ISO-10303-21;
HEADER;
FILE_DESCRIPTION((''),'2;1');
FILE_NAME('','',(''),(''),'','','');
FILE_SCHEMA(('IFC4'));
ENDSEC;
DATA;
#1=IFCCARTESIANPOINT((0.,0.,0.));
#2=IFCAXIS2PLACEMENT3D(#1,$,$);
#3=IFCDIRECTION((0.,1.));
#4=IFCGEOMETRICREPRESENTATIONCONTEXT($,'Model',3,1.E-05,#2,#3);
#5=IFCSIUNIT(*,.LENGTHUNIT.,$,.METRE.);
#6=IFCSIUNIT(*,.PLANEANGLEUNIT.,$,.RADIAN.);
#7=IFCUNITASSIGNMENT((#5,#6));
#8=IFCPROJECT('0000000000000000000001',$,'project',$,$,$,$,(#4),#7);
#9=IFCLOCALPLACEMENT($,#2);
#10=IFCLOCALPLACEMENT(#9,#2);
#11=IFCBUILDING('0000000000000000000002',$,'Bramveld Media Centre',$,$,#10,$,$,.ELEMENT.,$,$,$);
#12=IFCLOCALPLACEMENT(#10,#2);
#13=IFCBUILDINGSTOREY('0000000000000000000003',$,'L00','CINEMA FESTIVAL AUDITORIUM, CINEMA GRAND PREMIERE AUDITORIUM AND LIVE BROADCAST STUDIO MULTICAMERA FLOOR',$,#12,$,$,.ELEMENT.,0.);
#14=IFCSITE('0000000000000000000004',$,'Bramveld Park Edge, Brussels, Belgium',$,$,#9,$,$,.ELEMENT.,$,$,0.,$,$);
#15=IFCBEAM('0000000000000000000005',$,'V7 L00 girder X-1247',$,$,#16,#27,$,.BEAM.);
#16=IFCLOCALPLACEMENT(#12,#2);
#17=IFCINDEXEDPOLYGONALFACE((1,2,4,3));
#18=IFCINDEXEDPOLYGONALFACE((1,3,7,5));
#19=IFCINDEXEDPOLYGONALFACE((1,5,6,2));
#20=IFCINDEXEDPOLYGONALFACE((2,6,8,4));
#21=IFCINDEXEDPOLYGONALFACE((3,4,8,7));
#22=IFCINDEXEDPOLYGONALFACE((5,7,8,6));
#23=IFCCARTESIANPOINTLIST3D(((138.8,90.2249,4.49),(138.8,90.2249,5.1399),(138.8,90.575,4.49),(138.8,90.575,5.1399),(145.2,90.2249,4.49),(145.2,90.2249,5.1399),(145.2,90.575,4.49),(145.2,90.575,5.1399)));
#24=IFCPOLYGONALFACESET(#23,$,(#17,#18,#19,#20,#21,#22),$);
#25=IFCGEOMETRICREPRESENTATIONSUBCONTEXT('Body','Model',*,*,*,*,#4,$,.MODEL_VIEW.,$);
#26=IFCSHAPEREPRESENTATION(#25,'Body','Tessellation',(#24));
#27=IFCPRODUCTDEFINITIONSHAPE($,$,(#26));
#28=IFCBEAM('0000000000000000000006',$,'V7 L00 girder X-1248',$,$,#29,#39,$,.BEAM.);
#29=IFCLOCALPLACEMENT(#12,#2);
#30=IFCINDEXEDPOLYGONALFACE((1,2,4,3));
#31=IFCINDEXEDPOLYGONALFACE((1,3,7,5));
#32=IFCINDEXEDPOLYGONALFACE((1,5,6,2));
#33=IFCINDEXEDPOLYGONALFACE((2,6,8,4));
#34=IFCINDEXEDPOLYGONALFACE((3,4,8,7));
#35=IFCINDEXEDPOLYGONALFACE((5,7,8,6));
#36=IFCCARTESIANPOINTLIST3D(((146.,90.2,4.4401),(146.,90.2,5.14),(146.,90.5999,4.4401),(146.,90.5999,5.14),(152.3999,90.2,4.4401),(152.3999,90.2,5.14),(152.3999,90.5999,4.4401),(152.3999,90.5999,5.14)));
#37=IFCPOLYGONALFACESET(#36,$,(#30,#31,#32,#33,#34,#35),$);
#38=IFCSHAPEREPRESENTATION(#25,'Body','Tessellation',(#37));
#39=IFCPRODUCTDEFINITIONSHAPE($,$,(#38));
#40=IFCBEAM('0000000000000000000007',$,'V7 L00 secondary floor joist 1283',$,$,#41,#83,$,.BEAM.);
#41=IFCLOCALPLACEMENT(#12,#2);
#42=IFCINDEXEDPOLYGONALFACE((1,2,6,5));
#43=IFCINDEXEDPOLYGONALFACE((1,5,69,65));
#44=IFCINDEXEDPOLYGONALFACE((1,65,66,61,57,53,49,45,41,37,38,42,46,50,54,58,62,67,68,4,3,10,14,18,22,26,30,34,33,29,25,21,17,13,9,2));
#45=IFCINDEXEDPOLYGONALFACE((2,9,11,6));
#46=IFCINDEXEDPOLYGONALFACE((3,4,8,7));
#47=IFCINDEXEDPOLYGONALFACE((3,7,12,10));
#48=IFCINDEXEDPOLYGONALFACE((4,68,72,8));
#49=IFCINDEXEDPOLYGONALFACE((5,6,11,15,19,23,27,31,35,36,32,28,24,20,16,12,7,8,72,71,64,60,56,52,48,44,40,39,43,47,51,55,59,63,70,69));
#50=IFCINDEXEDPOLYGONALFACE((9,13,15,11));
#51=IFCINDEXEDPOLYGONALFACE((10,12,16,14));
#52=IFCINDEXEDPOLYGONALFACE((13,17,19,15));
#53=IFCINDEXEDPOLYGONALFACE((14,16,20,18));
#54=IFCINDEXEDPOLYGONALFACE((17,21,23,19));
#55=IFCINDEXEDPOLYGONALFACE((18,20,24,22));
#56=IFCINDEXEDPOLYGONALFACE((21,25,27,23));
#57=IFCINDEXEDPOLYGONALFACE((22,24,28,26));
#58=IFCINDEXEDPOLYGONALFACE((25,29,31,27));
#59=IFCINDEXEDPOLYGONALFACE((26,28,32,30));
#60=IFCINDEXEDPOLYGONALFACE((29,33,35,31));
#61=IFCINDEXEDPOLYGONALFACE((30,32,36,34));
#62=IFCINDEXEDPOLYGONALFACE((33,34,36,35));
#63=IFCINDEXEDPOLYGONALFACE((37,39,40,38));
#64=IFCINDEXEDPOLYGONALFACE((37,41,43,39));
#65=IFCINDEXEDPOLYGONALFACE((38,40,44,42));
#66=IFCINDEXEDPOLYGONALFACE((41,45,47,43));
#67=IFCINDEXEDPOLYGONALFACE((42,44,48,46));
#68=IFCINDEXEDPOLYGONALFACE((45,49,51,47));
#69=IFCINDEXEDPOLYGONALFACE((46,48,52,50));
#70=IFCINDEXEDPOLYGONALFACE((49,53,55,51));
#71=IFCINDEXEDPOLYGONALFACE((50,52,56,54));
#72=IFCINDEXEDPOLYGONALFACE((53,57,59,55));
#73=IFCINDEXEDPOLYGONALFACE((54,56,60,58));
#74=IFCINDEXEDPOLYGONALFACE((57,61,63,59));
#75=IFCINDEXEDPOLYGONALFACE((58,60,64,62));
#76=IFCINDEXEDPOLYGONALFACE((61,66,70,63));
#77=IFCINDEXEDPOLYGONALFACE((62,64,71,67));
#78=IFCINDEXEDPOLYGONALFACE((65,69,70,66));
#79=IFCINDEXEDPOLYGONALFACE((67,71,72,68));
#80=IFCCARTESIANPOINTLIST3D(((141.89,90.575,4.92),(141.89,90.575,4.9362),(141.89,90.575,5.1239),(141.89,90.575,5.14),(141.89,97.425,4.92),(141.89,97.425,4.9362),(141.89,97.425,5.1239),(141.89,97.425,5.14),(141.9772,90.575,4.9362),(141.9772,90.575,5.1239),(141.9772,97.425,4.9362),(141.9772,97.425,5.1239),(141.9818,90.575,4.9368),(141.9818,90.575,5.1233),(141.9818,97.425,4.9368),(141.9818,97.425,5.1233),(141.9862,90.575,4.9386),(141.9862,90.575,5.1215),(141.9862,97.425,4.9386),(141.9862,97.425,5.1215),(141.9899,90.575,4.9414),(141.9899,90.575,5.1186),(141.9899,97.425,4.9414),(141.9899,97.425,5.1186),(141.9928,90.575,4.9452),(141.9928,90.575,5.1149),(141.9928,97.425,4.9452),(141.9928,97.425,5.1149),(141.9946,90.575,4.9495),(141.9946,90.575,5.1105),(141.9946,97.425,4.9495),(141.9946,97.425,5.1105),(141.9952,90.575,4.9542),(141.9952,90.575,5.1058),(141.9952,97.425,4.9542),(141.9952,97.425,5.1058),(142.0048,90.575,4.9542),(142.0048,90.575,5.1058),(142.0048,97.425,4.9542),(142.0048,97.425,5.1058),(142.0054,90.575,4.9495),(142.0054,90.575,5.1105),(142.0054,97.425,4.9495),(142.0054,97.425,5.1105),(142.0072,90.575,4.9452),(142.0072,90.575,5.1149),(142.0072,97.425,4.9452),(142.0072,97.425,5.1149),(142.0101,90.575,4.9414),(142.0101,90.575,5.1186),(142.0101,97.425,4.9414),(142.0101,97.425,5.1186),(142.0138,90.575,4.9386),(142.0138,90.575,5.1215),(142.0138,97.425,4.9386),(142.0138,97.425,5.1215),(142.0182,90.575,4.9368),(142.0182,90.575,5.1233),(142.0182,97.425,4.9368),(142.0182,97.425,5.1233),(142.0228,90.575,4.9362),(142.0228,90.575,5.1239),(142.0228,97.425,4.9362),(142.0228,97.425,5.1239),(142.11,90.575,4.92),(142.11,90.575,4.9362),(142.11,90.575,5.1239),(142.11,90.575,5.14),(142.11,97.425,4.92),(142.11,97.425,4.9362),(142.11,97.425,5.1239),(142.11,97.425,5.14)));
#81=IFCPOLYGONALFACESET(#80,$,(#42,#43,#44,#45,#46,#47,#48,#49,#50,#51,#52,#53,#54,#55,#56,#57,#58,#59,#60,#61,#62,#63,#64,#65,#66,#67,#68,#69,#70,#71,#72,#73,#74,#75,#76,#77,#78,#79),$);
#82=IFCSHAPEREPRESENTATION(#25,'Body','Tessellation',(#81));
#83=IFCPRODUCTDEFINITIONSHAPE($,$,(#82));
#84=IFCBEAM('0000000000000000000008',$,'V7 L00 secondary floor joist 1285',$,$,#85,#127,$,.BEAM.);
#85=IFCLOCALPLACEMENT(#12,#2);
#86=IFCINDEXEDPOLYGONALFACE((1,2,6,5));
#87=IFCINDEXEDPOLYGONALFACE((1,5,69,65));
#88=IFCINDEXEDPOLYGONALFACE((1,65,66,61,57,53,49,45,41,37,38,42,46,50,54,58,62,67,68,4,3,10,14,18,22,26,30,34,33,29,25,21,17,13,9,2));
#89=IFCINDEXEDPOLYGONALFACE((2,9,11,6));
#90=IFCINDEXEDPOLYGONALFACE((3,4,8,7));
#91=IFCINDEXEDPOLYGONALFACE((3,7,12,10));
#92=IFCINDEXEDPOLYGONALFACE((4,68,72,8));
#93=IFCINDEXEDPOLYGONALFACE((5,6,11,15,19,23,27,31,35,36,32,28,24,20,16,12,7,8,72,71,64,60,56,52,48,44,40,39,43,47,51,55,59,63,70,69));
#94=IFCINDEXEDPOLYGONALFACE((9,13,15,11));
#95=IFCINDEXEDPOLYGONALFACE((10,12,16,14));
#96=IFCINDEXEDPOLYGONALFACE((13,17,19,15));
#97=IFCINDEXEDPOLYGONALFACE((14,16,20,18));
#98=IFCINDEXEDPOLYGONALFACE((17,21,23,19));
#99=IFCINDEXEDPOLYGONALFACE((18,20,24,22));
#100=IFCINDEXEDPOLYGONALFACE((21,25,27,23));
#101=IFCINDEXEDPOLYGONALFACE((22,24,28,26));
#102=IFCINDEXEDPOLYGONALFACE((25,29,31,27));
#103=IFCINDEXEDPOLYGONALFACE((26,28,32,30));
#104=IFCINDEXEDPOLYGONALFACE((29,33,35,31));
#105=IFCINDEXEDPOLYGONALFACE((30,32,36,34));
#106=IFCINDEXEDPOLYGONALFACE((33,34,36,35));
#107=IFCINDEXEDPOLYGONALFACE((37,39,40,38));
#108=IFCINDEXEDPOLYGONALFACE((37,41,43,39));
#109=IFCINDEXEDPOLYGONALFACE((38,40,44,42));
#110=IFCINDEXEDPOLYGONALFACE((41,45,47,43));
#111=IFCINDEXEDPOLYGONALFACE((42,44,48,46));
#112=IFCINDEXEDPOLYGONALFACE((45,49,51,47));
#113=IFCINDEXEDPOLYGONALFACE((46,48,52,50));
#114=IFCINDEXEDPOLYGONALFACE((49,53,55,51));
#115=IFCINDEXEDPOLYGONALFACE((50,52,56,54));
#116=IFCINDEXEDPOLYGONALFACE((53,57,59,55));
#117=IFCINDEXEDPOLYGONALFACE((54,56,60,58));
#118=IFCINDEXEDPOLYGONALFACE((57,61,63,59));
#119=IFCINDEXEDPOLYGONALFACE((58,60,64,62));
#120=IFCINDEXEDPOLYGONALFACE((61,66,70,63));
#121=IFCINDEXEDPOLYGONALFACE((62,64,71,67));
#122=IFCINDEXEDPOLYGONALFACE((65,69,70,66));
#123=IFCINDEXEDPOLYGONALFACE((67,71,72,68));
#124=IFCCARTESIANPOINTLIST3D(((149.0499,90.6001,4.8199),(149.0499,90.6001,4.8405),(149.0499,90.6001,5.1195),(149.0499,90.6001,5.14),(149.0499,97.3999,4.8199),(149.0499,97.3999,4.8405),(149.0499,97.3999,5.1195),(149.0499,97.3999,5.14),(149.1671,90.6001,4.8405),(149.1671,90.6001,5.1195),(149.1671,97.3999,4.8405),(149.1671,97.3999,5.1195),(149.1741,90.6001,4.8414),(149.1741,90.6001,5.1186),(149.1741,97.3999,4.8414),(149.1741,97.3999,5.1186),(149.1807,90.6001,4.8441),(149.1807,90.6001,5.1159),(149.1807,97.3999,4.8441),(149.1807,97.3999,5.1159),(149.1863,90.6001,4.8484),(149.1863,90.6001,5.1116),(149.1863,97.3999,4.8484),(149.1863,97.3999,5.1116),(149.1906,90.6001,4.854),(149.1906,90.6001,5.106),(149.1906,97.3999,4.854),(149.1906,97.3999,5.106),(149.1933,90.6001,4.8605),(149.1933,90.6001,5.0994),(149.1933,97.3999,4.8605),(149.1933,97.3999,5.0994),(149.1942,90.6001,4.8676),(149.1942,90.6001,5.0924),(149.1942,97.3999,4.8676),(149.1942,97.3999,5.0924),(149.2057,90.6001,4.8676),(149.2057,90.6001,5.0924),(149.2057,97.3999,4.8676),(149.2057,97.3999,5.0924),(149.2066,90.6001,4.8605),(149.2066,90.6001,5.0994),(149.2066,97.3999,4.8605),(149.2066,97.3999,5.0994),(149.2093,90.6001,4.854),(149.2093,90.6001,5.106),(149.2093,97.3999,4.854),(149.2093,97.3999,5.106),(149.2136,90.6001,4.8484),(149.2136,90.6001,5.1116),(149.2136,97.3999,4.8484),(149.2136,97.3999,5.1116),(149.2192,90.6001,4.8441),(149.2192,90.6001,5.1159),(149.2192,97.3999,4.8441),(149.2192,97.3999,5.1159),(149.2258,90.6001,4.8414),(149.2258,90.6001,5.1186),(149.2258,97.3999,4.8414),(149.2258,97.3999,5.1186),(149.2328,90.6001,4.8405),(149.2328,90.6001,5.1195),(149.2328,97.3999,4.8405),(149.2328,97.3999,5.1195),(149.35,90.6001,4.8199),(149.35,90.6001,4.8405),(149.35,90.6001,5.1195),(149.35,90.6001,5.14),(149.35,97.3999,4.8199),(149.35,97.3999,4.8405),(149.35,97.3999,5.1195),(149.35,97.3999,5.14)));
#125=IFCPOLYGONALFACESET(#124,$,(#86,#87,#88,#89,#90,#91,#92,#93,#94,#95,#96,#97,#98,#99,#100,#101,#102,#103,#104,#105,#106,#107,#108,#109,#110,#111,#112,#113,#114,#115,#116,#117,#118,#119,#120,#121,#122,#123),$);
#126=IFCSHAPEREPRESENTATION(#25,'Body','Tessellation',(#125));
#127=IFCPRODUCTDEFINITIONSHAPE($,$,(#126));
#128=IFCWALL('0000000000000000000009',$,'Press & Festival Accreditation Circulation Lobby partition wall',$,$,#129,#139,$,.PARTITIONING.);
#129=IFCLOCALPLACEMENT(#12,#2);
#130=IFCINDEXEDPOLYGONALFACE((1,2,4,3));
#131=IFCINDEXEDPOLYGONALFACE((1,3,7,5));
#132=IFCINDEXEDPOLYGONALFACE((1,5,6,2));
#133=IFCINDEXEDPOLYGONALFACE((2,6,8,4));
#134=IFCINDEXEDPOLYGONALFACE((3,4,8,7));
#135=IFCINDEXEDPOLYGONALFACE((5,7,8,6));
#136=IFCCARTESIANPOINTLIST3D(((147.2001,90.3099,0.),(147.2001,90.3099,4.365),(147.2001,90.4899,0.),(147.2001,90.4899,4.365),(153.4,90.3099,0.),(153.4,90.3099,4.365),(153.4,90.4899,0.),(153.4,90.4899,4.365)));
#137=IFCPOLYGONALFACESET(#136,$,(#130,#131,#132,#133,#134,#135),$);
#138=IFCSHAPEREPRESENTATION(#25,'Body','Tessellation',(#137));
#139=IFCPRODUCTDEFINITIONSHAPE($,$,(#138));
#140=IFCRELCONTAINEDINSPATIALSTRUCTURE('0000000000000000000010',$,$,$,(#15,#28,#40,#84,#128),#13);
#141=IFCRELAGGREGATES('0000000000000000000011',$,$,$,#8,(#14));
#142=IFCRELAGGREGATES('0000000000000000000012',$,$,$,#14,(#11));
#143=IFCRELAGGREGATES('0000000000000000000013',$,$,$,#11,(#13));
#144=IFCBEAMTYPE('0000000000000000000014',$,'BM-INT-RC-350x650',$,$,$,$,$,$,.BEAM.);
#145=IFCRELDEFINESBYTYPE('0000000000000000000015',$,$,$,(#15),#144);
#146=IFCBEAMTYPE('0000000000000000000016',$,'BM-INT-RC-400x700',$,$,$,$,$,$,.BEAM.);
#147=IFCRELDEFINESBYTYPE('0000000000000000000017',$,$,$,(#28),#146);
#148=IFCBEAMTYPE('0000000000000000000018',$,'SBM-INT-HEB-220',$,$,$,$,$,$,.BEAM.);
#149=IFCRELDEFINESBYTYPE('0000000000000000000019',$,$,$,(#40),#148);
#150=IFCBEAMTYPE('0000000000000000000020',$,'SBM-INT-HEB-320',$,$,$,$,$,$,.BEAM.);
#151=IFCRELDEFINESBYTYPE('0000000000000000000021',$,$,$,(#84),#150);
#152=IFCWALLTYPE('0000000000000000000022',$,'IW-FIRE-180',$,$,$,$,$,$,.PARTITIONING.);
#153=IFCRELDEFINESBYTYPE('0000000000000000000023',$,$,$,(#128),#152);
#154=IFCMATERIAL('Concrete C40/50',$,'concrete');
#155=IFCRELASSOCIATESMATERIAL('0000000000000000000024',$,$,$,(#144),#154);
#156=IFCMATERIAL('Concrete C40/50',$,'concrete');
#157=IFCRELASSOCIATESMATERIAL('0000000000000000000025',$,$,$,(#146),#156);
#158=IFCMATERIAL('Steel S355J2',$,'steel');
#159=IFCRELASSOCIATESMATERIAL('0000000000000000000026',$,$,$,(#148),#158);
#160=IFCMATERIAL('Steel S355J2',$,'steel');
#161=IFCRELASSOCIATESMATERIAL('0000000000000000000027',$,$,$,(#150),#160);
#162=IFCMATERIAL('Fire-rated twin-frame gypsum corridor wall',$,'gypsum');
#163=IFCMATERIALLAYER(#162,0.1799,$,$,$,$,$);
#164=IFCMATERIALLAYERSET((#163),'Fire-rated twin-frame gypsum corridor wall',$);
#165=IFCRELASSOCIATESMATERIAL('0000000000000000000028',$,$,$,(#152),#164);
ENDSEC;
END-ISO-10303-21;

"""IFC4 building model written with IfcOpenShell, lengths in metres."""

from ifc_helpers import new_model, si_unit, direction, frame, frame_2d, origin, origin_2d, place, context, subcontext, project, spatial, rectangle, i_section, extrude, material, layer, layer_set, material_profile, profile_set, type_object, element, save


model = new_model("IFC4")

# Units and contexts
model_context = context("Model", 3, precision=1e-05, world=origin(), true_north=direction((0.0, 1.0)))
body_context = subcontext(model_context, "Body", "Model", "MODEL_VIEW")
ifc_project = project(units=[si_unit("LENGTHUNIT", "METRE"), si_unit("PLANEANGLEUNIT", "RADIAN")], contexts=[model_context])

# Site, building, storey
site_placement = place(None, origin())
site = spatial("IfcSite", under=ifc_project, at=site_placement, Name="Bramveld Park Edge, Brussels, Belgium", CompositionType="ELEMENT", RefElevation=0.0)
building_placement = place(site_placement, origin())
building = spatial("IfcBuilding", under=site, at=building_placement, Name="Bramveld Media Centre", CompositionType="ELEMENT")
storey_placement = place(building_placement, origin())
storey = spatial("IfcBuildingStorey", under=building, at=storey_placement, Name="L00", Description="CINEMA FESTIVAL AUDITORIUM, CINEMA GRAND PREMIERE AUDITORIUM AND LIVE BROADCAST STUDIO MULTICAMERA FLOOR", CompositionType="ELEMENT", Elevation=0.0)

# Beams
ifc_material_1 = material(Name="Concrete C40/50", Category="concrete")
ifc_material_profile_1 = material_profile(ifc_material_1, rectangle(XDim=0.3501, YDim=0.6499, at=origin_2d()), Name="RC 350x650")
ifc_profile_set_1 = profile_set([ifc_material_profile_1], Name="Concrete C40/50")
beam_type_1 = type_object("IfcBeamType", Name="BM-INT-RC-350x650", PredefinedType="BEAM", material=ifc_profile_set_1)
beam_1_placement = place(storey_placement, frame((138.8, 90.3999, 4.8149), z_axis=(1.0, 0.0, 0.0), x_axis=(0.0, 1.0, 0.0)))
element("IfcBeam", 1, at=beam_1_placement, inside=storey, type_object=beam_type_1, Name="V7 L00 girder X-1247", PredefinedType="BEAM", context=body_context, shape_type="SweptSolid", body=[
    extrude(rectangle(XDim=0.3501, YDim=0.6499, at=origin_2d()), origin(), (0.0, 0.0, 1.0), 6.3999),
])
ifc_material_2 = material(Name="Concrete C40/50", Category="concrete")
ifc_material_profile_2 = material_profile(ifc_material_2, rectangle(XDim=0.3999, YDim=0.7, at=origin_2d()), Name="RC 400x700")
ifc_profile_set_2 = profile_set([ifc_material_profile_2], Name="Concrete C40/50")
beam_type_2 = type_object("IfcBeamType", Name="BM-INT-RC-400x700", PredefinedType="BEAM", material=ifc_profile_set_2)
beam_2_placement = place(storey_placement, frame((146.0, 90.3999, 4.79), z_axis=(1.0, 0.0, 0.0), x_axis=(0.0, 1.0, 0.0)))
element("IfcBeam", 2, at=beam_2_placement, inside=storey, type_object=beam_type_2, Name="V7 L00 girder X-1248", PredefinedType="BEAM", context=body_context, shape_type="SweptSolid", body=[
    extrude(rectangle(XDim=0.3999, YDim=0.7, at=origin_2d()), origin(), (0.0, 0.0, 1.0), 6.3999),
])
ifc_material_3 = material(Name="Steel S355J2", Category="steel")
ifc_material_profile_3 = material_profile(ifc_material_3, i_section(OverallWidth=0.22, OverallDepth=0.22, WebThickness=0.0095, FlangeThickness=0.0161, FilletRadius=0.0181, at=origin_2d()), Name="HEB 220")
ifc_profile_set_3 = profile_set([ifc_material_profile_3], Name="Steel S355J2")
beam_type_3 = type_object("IfcBeamType", Name="SBM-INT-HEB-220", PredefinedType="BEAM", material=ifc_profile_set_3)
beam_3_placement = place(storey_placement, frame((142.0, 90.575, 5.03), z_axis=(0.0, 1.0, 0.0), x_axis=(-1.0, 0.0, 0.0)))
element("IfcBeam", 3, at=beam_3_placement, inside=storey, type_object=beam_type_3, Name="V7 L00 secondary floor joist 1283", PredefinedType="BEAM", context=body_context, shape_type="SweptSolid", body=[
    extrude(i_section(OverallWidth=0.22, OverallDepth=0.22, WebThickness=0.0095, FlangeThickness=0.0161, FilletRadius=0.0181, at=origin_2d()), origin(), (0.0, 0.0, 1.0), 6.8501),
])
ifc_material_4 = material(Name="Steel S355J2", Category="steel")
ifc_material_profile_4 = material_profile(ifc_material_4, i_section(OverallWidth=0.3, OverallDepth=0.3201, WebThickness=0.0115, FlangeThickness=0.0205, FilletRadius=0.0271, at=origin_2d()), Name="HEB 320")
ifc_profile_set_4 = profile_set([ifc_material_profile_4], Name="Steel S355J2")
beam_type_4 = type_object("IfcBeamType", Name="SBM-INT-HEB-320", PredefinedType="BEAM", material=ifc_profile_set_4)
beam_4_placement = place(storey_placement, frame((149.2, 90.6001, 4.98), z_axis=(0.0, 1.0, 0.0), x_axis=(-1.0, 0.0, 0.0)))
element("IfcBeam", 4, at=beam_4_placement, inside=storey, type_object=beam_type_4, Name="V7 L00 secondary floor joist 1285", PredefinedType="BEAM", context=body_context, shape_type="SweptSolid", body=[
    extrude(i_section(OverallWidth=0.3, OverallDepth=0.3201, WebThickness=0.0115, FlangeThickness=0.0205, FilletRadius=0.0271, at=origin_2d()), origin(), (0.0, 0.0, 1.0), 6.7998),
])

# Wall
ifc_material_5 = material(Name="Fire-rated twin-frame gypsum corridor wall", Category="gypsum")
ifc_layer_1 = layer(ifc_material_5, 0.1799)
ifc_layer_set_1 = layer_set([ifc_layer_1], Name="Fire-rated twin-frame gypsum corridor wall")
wall_type_1 = type_object("IfcWallType", Name="IW-FIRE-180", PredefinedType="PARTITIONING", material=ifc_layer_set_1)
wall_1_placement = place(storey_placement, frame((147.2, 90.3999, 0.0), z_axis=(0.0, 0.0, 1.0), x_axis=(1.0, 0.0, 0.0)))
element("IfcWall", 5, at=wall_1_placement, inside=storey, type_object=wall_type_1, Name="Press & Festival Accreditation Circulation Lobby partition wall", PredefinedType="PARTITIONING", context=body_context, shape_type="SweptSolid", body=[
    extrude(rectangle(XDim=6.2, YDim=0.1799, at=frame_2d((3.1001, 0.0))), origin(), (0.0, 0.0, 1.0), 4.365),
])

save(model, "model.ifc")
